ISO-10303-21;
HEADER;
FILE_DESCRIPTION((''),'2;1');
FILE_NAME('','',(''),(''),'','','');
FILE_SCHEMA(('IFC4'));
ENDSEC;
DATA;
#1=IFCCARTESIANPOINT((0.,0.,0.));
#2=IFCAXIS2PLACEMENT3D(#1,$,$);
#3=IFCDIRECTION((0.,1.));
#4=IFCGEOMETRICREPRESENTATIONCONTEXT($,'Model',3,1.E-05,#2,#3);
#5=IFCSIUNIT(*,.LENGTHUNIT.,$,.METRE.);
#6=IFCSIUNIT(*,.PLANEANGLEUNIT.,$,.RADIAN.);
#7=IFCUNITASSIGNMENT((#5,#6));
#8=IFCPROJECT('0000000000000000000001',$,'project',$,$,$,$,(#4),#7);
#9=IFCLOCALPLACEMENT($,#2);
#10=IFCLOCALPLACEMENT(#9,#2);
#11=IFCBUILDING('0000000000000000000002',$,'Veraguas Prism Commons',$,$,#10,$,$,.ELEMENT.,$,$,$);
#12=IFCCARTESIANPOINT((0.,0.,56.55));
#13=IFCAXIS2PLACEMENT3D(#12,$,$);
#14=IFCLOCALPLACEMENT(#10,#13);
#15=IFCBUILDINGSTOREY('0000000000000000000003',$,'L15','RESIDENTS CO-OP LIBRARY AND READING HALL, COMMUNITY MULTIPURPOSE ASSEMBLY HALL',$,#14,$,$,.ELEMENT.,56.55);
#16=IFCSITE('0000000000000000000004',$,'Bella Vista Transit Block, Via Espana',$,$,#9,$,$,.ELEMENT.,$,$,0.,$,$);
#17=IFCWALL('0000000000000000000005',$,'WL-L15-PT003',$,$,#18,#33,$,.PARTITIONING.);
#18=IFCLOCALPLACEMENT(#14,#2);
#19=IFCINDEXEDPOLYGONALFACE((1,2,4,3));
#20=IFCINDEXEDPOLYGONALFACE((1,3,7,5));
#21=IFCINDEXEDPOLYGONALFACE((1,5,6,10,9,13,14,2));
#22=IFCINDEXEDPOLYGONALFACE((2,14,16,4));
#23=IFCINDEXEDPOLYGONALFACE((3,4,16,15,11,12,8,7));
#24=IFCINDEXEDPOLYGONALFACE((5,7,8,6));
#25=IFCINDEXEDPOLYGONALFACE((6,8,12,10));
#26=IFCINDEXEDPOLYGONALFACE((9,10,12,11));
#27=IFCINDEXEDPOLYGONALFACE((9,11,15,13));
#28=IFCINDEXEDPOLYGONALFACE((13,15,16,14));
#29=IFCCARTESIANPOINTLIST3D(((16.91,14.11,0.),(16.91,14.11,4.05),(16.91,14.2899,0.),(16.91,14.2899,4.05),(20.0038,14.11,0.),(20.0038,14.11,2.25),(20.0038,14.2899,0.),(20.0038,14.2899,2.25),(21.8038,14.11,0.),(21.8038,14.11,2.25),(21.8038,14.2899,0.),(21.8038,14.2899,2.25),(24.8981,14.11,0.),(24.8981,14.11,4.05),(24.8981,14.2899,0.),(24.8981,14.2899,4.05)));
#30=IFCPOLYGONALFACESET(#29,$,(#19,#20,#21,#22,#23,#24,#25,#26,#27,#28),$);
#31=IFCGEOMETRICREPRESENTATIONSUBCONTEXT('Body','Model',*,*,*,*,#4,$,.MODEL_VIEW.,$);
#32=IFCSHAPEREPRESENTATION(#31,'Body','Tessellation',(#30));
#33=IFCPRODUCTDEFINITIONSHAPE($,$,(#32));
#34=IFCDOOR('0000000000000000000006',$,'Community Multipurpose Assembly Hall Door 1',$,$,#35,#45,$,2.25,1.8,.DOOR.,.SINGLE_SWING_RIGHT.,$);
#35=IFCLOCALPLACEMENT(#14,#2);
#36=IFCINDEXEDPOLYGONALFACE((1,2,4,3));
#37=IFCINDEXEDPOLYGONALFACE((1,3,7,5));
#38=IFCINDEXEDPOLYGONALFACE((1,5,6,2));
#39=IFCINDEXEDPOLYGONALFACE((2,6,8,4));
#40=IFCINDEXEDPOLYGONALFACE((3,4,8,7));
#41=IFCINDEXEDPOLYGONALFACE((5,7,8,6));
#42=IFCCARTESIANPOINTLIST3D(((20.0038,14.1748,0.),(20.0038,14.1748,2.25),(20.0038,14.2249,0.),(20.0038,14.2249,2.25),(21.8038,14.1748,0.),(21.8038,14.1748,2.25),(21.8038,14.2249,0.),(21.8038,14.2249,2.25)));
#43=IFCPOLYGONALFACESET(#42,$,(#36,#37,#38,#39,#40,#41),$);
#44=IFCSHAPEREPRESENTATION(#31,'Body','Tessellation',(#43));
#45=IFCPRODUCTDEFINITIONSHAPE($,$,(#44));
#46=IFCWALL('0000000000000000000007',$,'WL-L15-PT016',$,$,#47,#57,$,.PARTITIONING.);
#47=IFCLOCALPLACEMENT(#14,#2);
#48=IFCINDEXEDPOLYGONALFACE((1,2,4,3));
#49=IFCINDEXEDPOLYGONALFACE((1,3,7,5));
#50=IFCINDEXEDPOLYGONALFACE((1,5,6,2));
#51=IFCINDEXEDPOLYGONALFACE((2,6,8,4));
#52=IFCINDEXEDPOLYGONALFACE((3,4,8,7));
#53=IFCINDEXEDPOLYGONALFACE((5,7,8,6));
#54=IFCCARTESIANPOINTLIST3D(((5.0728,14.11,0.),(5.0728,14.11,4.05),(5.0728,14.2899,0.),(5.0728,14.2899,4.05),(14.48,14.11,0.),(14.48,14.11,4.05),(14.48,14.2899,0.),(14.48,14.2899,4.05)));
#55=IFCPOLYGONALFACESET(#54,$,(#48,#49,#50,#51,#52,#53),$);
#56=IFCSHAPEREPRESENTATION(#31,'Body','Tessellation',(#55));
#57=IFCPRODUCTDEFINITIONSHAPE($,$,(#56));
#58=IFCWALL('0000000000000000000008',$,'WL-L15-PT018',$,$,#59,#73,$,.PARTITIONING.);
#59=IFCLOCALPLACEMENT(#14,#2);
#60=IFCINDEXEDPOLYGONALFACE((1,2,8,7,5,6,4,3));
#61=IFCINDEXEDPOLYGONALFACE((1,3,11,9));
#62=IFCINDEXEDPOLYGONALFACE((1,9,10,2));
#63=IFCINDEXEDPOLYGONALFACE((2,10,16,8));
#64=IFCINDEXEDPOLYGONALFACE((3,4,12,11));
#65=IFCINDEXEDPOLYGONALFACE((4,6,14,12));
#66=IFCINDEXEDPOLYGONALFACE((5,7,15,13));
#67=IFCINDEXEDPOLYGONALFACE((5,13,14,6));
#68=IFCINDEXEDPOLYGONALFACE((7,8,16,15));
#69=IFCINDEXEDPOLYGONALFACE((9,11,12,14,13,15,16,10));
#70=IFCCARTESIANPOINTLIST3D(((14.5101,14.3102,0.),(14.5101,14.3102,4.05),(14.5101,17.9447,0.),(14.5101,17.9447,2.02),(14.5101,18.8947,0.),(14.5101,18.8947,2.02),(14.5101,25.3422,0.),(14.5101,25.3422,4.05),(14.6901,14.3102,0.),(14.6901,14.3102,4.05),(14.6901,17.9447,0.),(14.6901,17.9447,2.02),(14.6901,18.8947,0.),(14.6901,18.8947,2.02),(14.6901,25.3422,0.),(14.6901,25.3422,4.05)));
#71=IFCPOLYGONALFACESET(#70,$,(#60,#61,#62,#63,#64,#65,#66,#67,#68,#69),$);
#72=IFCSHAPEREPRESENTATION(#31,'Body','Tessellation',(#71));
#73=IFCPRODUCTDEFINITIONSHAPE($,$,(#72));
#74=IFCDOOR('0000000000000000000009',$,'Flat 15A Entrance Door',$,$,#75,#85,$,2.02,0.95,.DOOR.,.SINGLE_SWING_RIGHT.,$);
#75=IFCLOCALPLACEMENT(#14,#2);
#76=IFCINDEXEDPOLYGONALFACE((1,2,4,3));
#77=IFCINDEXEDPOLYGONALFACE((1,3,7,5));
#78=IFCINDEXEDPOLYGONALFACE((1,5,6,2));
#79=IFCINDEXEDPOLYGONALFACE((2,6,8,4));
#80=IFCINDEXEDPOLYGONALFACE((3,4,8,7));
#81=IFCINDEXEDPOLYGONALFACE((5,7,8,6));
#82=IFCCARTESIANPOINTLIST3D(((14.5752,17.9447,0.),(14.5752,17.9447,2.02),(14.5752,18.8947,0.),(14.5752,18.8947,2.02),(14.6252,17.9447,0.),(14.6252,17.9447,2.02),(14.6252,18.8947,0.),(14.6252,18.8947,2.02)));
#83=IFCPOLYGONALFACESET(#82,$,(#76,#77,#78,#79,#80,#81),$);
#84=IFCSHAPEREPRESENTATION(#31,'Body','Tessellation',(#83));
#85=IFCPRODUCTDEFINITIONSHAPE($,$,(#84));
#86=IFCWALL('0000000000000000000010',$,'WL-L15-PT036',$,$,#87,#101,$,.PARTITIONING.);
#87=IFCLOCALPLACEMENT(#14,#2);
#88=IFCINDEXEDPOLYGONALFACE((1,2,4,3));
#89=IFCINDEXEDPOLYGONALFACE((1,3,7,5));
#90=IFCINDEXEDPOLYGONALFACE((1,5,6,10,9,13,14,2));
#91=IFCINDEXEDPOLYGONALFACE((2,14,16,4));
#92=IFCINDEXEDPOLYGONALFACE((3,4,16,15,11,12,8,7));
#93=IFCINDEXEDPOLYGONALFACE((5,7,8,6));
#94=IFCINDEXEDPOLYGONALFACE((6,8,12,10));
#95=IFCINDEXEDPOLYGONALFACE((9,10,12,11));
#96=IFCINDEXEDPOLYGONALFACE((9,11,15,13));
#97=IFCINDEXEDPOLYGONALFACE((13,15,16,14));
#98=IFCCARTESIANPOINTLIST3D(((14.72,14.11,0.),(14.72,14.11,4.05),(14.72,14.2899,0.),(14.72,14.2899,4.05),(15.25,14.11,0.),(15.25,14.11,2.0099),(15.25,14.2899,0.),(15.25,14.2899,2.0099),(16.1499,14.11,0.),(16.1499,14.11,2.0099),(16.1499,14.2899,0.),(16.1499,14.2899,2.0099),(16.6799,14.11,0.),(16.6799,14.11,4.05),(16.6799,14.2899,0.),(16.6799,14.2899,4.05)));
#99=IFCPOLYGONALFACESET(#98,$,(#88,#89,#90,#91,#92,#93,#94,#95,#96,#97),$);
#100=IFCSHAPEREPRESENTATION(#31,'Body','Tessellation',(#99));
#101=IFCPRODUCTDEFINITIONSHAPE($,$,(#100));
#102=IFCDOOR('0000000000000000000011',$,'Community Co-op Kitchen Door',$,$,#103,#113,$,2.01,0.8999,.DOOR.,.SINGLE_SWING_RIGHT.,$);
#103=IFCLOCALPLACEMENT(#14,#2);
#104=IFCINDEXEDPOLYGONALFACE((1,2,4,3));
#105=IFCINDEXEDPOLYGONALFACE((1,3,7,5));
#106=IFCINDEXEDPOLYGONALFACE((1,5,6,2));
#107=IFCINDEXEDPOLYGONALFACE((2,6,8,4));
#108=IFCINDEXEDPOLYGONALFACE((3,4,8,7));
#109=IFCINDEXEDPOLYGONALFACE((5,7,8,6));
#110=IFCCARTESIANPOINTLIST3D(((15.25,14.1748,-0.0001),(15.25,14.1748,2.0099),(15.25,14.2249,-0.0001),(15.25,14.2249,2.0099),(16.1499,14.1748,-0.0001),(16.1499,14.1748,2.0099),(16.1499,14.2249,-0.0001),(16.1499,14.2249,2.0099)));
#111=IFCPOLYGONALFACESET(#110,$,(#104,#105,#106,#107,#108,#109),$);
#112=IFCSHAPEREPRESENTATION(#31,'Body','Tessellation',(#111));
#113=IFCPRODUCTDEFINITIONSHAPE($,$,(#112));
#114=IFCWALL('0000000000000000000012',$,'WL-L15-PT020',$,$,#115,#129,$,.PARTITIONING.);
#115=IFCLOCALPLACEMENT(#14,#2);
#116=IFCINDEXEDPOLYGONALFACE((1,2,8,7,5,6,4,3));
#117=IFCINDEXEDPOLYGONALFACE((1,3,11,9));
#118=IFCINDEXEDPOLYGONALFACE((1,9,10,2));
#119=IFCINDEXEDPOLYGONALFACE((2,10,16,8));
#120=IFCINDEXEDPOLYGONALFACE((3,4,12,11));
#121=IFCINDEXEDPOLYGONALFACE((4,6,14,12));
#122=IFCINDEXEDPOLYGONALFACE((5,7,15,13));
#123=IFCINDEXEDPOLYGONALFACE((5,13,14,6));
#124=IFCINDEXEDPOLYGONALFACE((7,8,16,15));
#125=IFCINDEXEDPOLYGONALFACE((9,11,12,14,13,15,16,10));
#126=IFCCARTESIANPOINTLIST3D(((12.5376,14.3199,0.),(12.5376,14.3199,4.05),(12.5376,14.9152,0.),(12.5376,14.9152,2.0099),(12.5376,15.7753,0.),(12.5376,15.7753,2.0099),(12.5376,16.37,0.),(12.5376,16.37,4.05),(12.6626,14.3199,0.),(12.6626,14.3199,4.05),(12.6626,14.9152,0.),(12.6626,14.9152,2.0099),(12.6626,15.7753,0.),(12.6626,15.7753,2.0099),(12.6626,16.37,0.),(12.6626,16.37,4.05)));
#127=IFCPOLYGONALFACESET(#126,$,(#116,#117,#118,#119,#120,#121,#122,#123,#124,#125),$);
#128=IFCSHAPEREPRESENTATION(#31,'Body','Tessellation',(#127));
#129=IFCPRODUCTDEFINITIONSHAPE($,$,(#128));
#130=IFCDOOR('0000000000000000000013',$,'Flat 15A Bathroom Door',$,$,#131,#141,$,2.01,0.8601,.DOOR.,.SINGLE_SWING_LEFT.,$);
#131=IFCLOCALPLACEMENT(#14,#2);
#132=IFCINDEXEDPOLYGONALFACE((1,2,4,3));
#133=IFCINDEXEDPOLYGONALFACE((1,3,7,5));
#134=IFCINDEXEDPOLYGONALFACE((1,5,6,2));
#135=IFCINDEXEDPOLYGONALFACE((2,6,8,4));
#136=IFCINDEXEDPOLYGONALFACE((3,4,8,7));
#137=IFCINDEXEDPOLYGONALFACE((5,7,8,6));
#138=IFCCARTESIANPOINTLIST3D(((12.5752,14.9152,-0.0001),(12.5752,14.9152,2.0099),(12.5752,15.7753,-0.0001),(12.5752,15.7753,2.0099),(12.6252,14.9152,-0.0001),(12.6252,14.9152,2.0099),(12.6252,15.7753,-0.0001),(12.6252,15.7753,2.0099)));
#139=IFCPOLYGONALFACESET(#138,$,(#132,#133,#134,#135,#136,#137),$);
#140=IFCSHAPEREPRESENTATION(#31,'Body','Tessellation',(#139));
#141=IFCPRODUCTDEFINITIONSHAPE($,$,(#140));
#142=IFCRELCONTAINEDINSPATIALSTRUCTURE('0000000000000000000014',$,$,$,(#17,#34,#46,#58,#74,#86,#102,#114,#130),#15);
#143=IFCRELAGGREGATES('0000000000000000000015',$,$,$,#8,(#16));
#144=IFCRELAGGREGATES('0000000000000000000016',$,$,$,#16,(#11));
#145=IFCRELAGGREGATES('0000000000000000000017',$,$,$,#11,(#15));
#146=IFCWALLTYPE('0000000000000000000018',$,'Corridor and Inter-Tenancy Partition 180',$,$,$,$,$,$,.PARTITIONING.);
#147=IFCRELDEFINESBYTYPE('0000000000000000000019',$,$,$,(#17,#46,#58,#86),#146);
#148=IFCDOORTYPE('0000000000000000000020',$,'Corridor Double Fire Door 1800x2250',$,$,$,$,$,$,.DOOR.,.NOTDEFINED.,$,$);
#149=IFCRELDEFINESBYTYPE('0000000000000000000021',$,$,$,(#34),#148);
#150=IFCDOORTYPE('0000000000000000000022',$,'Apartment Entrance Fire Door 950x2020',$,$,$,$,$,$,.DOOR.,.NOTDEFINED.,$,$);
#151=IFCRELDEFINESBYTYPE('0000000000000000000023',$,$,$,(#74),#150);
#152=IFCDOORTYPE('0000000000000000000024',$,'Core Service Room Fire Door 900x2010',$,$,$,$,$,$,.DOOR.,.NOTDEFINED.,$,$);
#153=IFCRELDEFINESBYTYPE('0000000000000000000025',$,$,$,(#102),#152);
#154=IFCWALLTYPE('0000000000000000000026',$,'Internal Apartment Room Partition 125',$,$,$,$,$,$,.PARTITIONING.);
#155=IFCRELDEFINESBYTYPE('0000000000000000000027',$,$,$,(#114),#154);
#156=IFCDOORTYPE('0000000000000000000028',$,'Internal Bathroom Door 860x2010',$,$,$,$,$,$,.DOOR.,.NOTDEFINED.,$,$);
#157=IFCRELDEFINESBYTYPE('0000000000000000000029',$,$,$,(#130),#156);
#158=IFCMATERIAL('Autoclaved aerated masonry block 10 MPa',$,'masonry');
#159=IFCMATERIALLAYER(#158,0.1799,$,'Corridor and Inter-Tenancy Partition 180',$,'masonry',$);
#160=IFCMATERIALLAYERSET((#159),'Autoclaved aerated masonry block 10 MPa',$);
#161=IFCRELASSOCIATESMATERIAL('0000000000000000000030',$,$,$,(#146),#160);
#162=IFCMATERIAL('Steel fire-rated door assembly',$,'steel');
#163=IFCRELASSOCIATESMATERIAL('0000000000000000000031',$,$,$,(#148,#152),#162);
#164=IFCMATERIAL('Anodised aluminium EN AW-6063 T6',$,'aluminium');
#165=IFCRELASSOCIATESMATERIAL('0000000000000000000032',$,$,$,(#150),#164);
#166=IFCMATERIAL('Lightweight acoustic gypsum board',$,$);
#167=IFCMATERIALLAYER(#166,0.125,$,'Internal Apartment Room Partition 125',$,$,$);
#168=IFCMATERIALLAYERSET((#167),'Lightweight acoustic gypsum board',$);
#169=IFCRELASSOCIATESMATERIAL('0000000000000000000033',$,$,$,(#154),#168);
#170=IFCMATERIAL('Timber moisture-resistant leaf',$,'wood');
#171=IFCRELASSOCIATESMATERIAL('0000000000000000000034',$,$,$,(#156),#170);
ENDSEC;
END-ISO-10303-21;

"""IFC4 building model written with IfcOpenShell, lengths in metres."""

from ifc_helpers import new_model, si_unit, direction, frame, frame_2d, origin, place, context, subcontext, project, spatial, rectangle, extrude, source, transform, mapped, material, layer, layer_set, type_object, element, fill, save


model = new_model("IFC4")

# Units and contexts
model_context = context("Model", 3, precision=1e-05, world=origin(), true_north=direction((0.0, 1.0)))
body_context = subcontext(model_context, "Body", "Model", "MODEL_VIEW")
ifc_project = project(units=[si_unit("LENGTHUNIT", "METRE"), si_unit("PLANEANGLEUNIT", "RADIAN")], contexts=[model_context])

# Site, building, storey
site_placement = place(None, origin())
site = spatial("IfcSite", under=ifc_project, at=site_placement, Name="Bella Vista Transit Block, Via Espana", CompositionType="ELEMENT", RefElevation=0.0)
building_placement = place(site_placement, origin())
building = spatial("IfcBuilding", under=site, at=building_placement, Name="Veraguas Prism Commons", CompositionType="ELEMENT")
storey_placement = place(building_placement, frame((0.0, 0.0, 56.55)))
storey = spatial("IfcBuildingStorey", under=building, at=storey_placement, Name="L15", Description="RESIDENTS CO-OP LIBRARY AND READING HALL, COMMUNITY MULTIPURPOSE ASSEMBLY HALL", CompositionType="ELEMENT", Elevation=56.55)

# Shared definitions
ifc_material_1 = material(Name="Steel fire-rated door assembly", Category="steel")

# Shared definitions
ifc_material_2 = material(Name="Autoclaved aerated masonry block 10 MPa", Category="masonry")
ifc_layer_1 = layer(ifc_material_2, 0.1799, Name="Corridor and Inter-Tenancy Partition 180", Category="masonry")
ifc_layer_set_1 = layer_set([ifc_layer_1], Name="Autoclaved aerated masonry block 10 MPa")
wall_type_1 = type_object("IfcWallType", Name="Corridor and Inter-Tenancy Partition 180", PredefinedType="PARTITIONING", material=ifc_layer_set_1)

# Wall, opening, door
wall_1_placement = place(storey_placement, frame((16.9099, 14.2, 0.0), z_axis=(0.0, 0.0, 1.0), x_axis=(1.0, 0.0, 0.0)))
wall_1 = element("IfcWall", 1, at=wall_1_placement, inside=storey, type_object=wall_type_1, Name="WL-L15-PT003", PredefinedType="PARTITIONING", context=body_context, shape_type="SweptSolid", body=[
    extrude(rectangle(XDim=7.988, YDim=0.1799, at=frame_2d((3.9941, 0.0))), origin(), (0.0, 0.0, 1.0), 4.05),
])
opening_1_placement = place(wall_1_placement, frame((3.094, 0.0, 0.0)))
opening_1 = element("IfcOpeningElement", 2, at=opening_1_placement, cuts=wall_1, PredefinedType="OPENING", context=body_context, shape_type="SweptSolid", body=[
    extrude(rectangle(XDim=1.8, YDim=2.25, at=frame_2d((0.8999, 1.125))), frame((0.0, 0.0999, 0.0), z_axis=(0.0, -1.0, 0.0), x_axis=(1.0, 0.0, 0.0)), (0.0, 0.0, 1.0), 0.2),
])
door_type_1 = type_object("IfcDoorType", Name="Corridor Double Fire Door 1800x2250", OperationType="NOTDEFINED", PredefinedType="DOOR", material=ifc_material_1)
shared_shape_1 = source(origin(), body_context, "Body", "SweptSolid", [
    extrude(rectangle(XDim=1.8, YDim=2.25, at=frame_2d((0.8999, 1.125))), frame((0.0, 0.0249, 0.0), z_axis=(0.0, -1.0, 0.0), x_axis=(1.0, 0.0, 0.0)), (0.0, 0.0, 1.0), 0.05),
])
door_1_placement = place(opening_1_placement, origin())
door_1 = element("IfcDoor", 3, at=door_1_placement, inside=storey, type_object=door_type_1, Name="Community Multipurpose Assembly Hall Door 1", OperationType="SINGLE_SWING_RIGHT", OverallHeight=2.25, OverallWidth=1.8, PredefinedType="DOOR", context=body_context, shape_type="MappedRepresentation", body=[
    mapped(shared_shape_1, transform((0.0, 0.0, 0.0), scale=1.0)),
])
fill(opening_1, door_1)

# Wall
wall_2_placement = place(storey_placement, frame((14.48, 14.2, 0.0), z_axis=(0.0, 0.0, 1.0), x_axis=(-1.0, 0.0, 0.0)))
element("IfcWall", 4, at=wall_2_placement, inside=storey, type_object=wall_type_1, Name="WL-L15-PT016", PredefinedType="PARTITIONING", context=body_context, shape_type="SweptSolid", body=[
    extrude(rectangle(XDim=9.4072, YDim=0.1799, at=frame_2d((4.7036, 0.0))), origin(), (0.0, 0.0, 1.0), 4.05),
])

# Walls, openings, doors
wall_3_placement = place(storey_placement, frame((14.6001, 14.3101, 0.0), z_axis=(0.0, 0.0, 1.0), x_axis=(0.0, 1.0, 0.0)))
wall_3 = element("IfcWall", 5, at=wall_3_placement, inside=storey, type_object=wall_type_1, Name="WL-L15-PT018", PredefinedType="PARTITIONING", context=body_context, shape_type="SweptSolid", body=[
    extrude(rectangle(XDim=11.032, YDim=0.1799, at=frame_2d((5.5161, 0.0))), origin(), (0.0, 0.0, 1.0), 4.05),
])
opening_2_placement = place(wall_3_placement, frame((3.6345, 0.0, 0.0)))
opening_2 = element("IfcOpeningElement", 6, at=opening_2_placement, cuts=wall_3, PredefinedType="OPENING", context=body_context, shape_type="SweptSolid", body=[
    extrude(rectangle(XDim=0.95, YDim=2.02, at=frame_2d((0.4751, 1.01))), frame((0.0, 0.0999, 0.0), z_axis=(0.0, -1.0, 0.0), x_axis=(1.0, 0.0, 0.0)), (0.0, 0.0, 1.0), 0.2),
])
ifc_material_3 = material(Name="Anodised aluminium EN AW-6063 T6", Category="aluminium")
door_type_2 = type_object("IfcDoorType", Name="Apartment Entrance Fire Door 950x2020", OperationType="NOTDEFINED", PredefinedType="DOOR", material=ifc_material_3)
shared_shape_2 = source(origin(), body_context, "Body", "SweptSolid", [
    extrude(rectangle(XDim=0.95, YDim=2.02, at=frame_2d((0.4751, 1.01))), frame((0.0, 0.0249, 0.0), z_axis=(0.0, -1.0, 0.0), x_axis=(1.0, 0.0, 0.0)), (0.0, 0.0, 1.0), 0.05),
])
door_2_placement = place(opening_2_placement, origin())
door_2 = element("IfcDoor", 7, at=door_2_placement, inside=storey, type_object=door_type_2, Name="Flat 15A Entrance Door", OperationType="SINGLE_SWING_RIGHT", OverallHeight=2.02, OverallWidth=0.95, PredefinedType="DOOR", context=body_context, shape_type="MappedRepresentation", body=[
    mapped(shared_shape_2, transform((0.0, 0.0, 0.0), scale=1.0)),
])
fill(opening_2, door_2)
wall_4_placement = place(storey_placement, frame((14.72, 14.2, 0.0), z_axis=(0.0, 0.0, 1.0), x_axis=(1.0, 0.0, 0.0)))
wall_4 = element("IfcWall", 8, at=wall_4_placement, inside=storey, type_object=wall_type_1, Name="WL-L15-PT036", PredefinedType="PARTITIONING", context=body_context, shape_type="SweptSolid", body=[
    extrude(rectangle(XDim=1.96, YDim=0.1799, at=frame_2d((0.98, 0.0))), origin(), (0.0, 0.0, 1.0), 4.05),
])
opening_3_placement = place(wall_4_placement, frame((0.53, 0.0, 0.0)))
opening_3 = element("IfcOpeningElement", 9, at=opening_3_placement, cuts=wall_4, PredefinedType="OPENING", context=body_context, shape_type="SweptSolid", body=[
    extrude(rectangle(XDim=0.8999, YDim=2.01, at=frame_2d((0.45, 1.0049))), frame((0.0, 0.0999, 0.0), z_axis=(0.0, -1.0, 0.0), x_axis=(1.0, 0.0, 0.0)), (0.0, 0.0, 1.0), 0.2),
])
door_type_3 = type_object("IfcDoorType", Name="Core Service Room Fire Door 900x2010", OperationType="NOTDEFINED", PredefinedType="DOOR", material=ifc_material_1)
shared_shape_3 = source(origin(), body_context, "Body", "SweptSolid", [
    extrude(rectangle(XDim=0.8999, YDim=2.01, at=frame_2d((0.45, 1.0049))), frame((0.0, 0.0249, 0.0), z_axis=(0.0, -1.0, 0.0), x_axis=(1.0, 0.0, 0.0)), (0.0, 0.0, 1.0), 0.05),
])
door_3_placement = place(opening_3_placement, origin())
door_3 = element("IfcDoor", 10, at=door_3_placement, inside=storey, type_object=door_type_3, Name="Community Co-op Kitchen Door", OperationType="SINGLE_SWING_RIGHT", OverallHeight=2.01, OverallWidth=0.8999, PredefinedType="DOOR", context=body_context, shape_type="MappedRepresentation", body=[
    mapped(shared_shape_3, transform((0.0, 0.0, 0.0), scale=1.0)),
])
fill(opening_3, door_3)
ifc_material_4 = material(Name="Lightweight acoustic gypsum board")
ifc_layer_2 = layer(ifc_material_4, 0.125, Name="Internal Apartment Room Partition 125")
ifc_layer_set_2 = layer_set([ifc_layer_2], Name="Lightweight acoustic gypsum board")
wall_type_2 = type_object("IfcWallType", Name="Internal Apartment Room Partition 125", PredefinedType="PARTITIONING", material=ifc_layer_set_2)
wall_5_placement = place(storey_placement, frame((12.6001, 14.3201, 0.0), z_axis=(0.0, 0.0, 1.0), x_axis=(0.0, 1.0, 0.0)))
wall_5 = element("IfcWall", 11, at=wall_5_placement, inside=storey, type_object=wall_type_2, Name="WL-L15-PT020", PredefinedType="PARTITIONING", context=body_context, shape_type="SweptSolid", body=[
    extrude(rectangle(XDim=2.05, YDim=0.125, at=frame_2d((1.0249, 0.0))), origin(), (0.0, 0.0, 1.0), 4.05),
])
opening_4_placement = place(wall_5_placement, frame((0.595, 0.0, 0.0)))
opening_4 = element("IfcOpeningElement", 12, at=opening_4_placement, cuts=wall_5, PredefinedType="OPENING", context=body_context, shape_type="SweptSolid", body=[
    extrude(rectangle(XDim=0.8601, YDim=2.01, at=frame_2d((0.4302, 1.0049))), frame((0.0, 0.0725, 0.0), z_axis=(0.0, -1.0, 0.0), x_axis=(1.0, 0.0, 0.0)), (0.0, 0.0, 1.0), 0.145),
])
ifc_material_5 = material(Name="Timber moisture-resistant leaf", Category="wood")
door_type_4 = type_object("IfcDoorType", Name="Internal Bathroom Door 860x2010", OperationType="NOTDEFINED", PredefinedType="DOOR", material=ifc_material_5)
shared_shape_4 = source(origin(), body_context, "Body", "SweptSolid", [
    extrude(rectangle(XDim=0.8601, YDim=2.01, at=frame_2d((0.4302, 1.0049))), frame((0.0, 0.0249, 0.0), z_axis=(0.0, -1.0, 0.0), x_axis=(1.0, 0.0, 0.0)), (0.0, 0.0, 1.0), 0.05),
])
door_4_placement = place(opening_4_placement, origin())
door_4 = element("IfcDoor", 13, at=door_4_placement, inside=storey, type_object=door_type_4, Name="Flat 15A Bathroom Door", OperationType="SINGLE_SWING_LEFT", OverallHeight=2.01, OverallWidth=0.8601, PredefinedType="DOOR", context=body_context, shape_type="MappedRepresentation", body=[
    mapped(shared_shape_4, transform((0.0, 0.0, 0.0), scale=1.0)),
])
fill(opening_4, door_4)

save(model, "model.ifc")
